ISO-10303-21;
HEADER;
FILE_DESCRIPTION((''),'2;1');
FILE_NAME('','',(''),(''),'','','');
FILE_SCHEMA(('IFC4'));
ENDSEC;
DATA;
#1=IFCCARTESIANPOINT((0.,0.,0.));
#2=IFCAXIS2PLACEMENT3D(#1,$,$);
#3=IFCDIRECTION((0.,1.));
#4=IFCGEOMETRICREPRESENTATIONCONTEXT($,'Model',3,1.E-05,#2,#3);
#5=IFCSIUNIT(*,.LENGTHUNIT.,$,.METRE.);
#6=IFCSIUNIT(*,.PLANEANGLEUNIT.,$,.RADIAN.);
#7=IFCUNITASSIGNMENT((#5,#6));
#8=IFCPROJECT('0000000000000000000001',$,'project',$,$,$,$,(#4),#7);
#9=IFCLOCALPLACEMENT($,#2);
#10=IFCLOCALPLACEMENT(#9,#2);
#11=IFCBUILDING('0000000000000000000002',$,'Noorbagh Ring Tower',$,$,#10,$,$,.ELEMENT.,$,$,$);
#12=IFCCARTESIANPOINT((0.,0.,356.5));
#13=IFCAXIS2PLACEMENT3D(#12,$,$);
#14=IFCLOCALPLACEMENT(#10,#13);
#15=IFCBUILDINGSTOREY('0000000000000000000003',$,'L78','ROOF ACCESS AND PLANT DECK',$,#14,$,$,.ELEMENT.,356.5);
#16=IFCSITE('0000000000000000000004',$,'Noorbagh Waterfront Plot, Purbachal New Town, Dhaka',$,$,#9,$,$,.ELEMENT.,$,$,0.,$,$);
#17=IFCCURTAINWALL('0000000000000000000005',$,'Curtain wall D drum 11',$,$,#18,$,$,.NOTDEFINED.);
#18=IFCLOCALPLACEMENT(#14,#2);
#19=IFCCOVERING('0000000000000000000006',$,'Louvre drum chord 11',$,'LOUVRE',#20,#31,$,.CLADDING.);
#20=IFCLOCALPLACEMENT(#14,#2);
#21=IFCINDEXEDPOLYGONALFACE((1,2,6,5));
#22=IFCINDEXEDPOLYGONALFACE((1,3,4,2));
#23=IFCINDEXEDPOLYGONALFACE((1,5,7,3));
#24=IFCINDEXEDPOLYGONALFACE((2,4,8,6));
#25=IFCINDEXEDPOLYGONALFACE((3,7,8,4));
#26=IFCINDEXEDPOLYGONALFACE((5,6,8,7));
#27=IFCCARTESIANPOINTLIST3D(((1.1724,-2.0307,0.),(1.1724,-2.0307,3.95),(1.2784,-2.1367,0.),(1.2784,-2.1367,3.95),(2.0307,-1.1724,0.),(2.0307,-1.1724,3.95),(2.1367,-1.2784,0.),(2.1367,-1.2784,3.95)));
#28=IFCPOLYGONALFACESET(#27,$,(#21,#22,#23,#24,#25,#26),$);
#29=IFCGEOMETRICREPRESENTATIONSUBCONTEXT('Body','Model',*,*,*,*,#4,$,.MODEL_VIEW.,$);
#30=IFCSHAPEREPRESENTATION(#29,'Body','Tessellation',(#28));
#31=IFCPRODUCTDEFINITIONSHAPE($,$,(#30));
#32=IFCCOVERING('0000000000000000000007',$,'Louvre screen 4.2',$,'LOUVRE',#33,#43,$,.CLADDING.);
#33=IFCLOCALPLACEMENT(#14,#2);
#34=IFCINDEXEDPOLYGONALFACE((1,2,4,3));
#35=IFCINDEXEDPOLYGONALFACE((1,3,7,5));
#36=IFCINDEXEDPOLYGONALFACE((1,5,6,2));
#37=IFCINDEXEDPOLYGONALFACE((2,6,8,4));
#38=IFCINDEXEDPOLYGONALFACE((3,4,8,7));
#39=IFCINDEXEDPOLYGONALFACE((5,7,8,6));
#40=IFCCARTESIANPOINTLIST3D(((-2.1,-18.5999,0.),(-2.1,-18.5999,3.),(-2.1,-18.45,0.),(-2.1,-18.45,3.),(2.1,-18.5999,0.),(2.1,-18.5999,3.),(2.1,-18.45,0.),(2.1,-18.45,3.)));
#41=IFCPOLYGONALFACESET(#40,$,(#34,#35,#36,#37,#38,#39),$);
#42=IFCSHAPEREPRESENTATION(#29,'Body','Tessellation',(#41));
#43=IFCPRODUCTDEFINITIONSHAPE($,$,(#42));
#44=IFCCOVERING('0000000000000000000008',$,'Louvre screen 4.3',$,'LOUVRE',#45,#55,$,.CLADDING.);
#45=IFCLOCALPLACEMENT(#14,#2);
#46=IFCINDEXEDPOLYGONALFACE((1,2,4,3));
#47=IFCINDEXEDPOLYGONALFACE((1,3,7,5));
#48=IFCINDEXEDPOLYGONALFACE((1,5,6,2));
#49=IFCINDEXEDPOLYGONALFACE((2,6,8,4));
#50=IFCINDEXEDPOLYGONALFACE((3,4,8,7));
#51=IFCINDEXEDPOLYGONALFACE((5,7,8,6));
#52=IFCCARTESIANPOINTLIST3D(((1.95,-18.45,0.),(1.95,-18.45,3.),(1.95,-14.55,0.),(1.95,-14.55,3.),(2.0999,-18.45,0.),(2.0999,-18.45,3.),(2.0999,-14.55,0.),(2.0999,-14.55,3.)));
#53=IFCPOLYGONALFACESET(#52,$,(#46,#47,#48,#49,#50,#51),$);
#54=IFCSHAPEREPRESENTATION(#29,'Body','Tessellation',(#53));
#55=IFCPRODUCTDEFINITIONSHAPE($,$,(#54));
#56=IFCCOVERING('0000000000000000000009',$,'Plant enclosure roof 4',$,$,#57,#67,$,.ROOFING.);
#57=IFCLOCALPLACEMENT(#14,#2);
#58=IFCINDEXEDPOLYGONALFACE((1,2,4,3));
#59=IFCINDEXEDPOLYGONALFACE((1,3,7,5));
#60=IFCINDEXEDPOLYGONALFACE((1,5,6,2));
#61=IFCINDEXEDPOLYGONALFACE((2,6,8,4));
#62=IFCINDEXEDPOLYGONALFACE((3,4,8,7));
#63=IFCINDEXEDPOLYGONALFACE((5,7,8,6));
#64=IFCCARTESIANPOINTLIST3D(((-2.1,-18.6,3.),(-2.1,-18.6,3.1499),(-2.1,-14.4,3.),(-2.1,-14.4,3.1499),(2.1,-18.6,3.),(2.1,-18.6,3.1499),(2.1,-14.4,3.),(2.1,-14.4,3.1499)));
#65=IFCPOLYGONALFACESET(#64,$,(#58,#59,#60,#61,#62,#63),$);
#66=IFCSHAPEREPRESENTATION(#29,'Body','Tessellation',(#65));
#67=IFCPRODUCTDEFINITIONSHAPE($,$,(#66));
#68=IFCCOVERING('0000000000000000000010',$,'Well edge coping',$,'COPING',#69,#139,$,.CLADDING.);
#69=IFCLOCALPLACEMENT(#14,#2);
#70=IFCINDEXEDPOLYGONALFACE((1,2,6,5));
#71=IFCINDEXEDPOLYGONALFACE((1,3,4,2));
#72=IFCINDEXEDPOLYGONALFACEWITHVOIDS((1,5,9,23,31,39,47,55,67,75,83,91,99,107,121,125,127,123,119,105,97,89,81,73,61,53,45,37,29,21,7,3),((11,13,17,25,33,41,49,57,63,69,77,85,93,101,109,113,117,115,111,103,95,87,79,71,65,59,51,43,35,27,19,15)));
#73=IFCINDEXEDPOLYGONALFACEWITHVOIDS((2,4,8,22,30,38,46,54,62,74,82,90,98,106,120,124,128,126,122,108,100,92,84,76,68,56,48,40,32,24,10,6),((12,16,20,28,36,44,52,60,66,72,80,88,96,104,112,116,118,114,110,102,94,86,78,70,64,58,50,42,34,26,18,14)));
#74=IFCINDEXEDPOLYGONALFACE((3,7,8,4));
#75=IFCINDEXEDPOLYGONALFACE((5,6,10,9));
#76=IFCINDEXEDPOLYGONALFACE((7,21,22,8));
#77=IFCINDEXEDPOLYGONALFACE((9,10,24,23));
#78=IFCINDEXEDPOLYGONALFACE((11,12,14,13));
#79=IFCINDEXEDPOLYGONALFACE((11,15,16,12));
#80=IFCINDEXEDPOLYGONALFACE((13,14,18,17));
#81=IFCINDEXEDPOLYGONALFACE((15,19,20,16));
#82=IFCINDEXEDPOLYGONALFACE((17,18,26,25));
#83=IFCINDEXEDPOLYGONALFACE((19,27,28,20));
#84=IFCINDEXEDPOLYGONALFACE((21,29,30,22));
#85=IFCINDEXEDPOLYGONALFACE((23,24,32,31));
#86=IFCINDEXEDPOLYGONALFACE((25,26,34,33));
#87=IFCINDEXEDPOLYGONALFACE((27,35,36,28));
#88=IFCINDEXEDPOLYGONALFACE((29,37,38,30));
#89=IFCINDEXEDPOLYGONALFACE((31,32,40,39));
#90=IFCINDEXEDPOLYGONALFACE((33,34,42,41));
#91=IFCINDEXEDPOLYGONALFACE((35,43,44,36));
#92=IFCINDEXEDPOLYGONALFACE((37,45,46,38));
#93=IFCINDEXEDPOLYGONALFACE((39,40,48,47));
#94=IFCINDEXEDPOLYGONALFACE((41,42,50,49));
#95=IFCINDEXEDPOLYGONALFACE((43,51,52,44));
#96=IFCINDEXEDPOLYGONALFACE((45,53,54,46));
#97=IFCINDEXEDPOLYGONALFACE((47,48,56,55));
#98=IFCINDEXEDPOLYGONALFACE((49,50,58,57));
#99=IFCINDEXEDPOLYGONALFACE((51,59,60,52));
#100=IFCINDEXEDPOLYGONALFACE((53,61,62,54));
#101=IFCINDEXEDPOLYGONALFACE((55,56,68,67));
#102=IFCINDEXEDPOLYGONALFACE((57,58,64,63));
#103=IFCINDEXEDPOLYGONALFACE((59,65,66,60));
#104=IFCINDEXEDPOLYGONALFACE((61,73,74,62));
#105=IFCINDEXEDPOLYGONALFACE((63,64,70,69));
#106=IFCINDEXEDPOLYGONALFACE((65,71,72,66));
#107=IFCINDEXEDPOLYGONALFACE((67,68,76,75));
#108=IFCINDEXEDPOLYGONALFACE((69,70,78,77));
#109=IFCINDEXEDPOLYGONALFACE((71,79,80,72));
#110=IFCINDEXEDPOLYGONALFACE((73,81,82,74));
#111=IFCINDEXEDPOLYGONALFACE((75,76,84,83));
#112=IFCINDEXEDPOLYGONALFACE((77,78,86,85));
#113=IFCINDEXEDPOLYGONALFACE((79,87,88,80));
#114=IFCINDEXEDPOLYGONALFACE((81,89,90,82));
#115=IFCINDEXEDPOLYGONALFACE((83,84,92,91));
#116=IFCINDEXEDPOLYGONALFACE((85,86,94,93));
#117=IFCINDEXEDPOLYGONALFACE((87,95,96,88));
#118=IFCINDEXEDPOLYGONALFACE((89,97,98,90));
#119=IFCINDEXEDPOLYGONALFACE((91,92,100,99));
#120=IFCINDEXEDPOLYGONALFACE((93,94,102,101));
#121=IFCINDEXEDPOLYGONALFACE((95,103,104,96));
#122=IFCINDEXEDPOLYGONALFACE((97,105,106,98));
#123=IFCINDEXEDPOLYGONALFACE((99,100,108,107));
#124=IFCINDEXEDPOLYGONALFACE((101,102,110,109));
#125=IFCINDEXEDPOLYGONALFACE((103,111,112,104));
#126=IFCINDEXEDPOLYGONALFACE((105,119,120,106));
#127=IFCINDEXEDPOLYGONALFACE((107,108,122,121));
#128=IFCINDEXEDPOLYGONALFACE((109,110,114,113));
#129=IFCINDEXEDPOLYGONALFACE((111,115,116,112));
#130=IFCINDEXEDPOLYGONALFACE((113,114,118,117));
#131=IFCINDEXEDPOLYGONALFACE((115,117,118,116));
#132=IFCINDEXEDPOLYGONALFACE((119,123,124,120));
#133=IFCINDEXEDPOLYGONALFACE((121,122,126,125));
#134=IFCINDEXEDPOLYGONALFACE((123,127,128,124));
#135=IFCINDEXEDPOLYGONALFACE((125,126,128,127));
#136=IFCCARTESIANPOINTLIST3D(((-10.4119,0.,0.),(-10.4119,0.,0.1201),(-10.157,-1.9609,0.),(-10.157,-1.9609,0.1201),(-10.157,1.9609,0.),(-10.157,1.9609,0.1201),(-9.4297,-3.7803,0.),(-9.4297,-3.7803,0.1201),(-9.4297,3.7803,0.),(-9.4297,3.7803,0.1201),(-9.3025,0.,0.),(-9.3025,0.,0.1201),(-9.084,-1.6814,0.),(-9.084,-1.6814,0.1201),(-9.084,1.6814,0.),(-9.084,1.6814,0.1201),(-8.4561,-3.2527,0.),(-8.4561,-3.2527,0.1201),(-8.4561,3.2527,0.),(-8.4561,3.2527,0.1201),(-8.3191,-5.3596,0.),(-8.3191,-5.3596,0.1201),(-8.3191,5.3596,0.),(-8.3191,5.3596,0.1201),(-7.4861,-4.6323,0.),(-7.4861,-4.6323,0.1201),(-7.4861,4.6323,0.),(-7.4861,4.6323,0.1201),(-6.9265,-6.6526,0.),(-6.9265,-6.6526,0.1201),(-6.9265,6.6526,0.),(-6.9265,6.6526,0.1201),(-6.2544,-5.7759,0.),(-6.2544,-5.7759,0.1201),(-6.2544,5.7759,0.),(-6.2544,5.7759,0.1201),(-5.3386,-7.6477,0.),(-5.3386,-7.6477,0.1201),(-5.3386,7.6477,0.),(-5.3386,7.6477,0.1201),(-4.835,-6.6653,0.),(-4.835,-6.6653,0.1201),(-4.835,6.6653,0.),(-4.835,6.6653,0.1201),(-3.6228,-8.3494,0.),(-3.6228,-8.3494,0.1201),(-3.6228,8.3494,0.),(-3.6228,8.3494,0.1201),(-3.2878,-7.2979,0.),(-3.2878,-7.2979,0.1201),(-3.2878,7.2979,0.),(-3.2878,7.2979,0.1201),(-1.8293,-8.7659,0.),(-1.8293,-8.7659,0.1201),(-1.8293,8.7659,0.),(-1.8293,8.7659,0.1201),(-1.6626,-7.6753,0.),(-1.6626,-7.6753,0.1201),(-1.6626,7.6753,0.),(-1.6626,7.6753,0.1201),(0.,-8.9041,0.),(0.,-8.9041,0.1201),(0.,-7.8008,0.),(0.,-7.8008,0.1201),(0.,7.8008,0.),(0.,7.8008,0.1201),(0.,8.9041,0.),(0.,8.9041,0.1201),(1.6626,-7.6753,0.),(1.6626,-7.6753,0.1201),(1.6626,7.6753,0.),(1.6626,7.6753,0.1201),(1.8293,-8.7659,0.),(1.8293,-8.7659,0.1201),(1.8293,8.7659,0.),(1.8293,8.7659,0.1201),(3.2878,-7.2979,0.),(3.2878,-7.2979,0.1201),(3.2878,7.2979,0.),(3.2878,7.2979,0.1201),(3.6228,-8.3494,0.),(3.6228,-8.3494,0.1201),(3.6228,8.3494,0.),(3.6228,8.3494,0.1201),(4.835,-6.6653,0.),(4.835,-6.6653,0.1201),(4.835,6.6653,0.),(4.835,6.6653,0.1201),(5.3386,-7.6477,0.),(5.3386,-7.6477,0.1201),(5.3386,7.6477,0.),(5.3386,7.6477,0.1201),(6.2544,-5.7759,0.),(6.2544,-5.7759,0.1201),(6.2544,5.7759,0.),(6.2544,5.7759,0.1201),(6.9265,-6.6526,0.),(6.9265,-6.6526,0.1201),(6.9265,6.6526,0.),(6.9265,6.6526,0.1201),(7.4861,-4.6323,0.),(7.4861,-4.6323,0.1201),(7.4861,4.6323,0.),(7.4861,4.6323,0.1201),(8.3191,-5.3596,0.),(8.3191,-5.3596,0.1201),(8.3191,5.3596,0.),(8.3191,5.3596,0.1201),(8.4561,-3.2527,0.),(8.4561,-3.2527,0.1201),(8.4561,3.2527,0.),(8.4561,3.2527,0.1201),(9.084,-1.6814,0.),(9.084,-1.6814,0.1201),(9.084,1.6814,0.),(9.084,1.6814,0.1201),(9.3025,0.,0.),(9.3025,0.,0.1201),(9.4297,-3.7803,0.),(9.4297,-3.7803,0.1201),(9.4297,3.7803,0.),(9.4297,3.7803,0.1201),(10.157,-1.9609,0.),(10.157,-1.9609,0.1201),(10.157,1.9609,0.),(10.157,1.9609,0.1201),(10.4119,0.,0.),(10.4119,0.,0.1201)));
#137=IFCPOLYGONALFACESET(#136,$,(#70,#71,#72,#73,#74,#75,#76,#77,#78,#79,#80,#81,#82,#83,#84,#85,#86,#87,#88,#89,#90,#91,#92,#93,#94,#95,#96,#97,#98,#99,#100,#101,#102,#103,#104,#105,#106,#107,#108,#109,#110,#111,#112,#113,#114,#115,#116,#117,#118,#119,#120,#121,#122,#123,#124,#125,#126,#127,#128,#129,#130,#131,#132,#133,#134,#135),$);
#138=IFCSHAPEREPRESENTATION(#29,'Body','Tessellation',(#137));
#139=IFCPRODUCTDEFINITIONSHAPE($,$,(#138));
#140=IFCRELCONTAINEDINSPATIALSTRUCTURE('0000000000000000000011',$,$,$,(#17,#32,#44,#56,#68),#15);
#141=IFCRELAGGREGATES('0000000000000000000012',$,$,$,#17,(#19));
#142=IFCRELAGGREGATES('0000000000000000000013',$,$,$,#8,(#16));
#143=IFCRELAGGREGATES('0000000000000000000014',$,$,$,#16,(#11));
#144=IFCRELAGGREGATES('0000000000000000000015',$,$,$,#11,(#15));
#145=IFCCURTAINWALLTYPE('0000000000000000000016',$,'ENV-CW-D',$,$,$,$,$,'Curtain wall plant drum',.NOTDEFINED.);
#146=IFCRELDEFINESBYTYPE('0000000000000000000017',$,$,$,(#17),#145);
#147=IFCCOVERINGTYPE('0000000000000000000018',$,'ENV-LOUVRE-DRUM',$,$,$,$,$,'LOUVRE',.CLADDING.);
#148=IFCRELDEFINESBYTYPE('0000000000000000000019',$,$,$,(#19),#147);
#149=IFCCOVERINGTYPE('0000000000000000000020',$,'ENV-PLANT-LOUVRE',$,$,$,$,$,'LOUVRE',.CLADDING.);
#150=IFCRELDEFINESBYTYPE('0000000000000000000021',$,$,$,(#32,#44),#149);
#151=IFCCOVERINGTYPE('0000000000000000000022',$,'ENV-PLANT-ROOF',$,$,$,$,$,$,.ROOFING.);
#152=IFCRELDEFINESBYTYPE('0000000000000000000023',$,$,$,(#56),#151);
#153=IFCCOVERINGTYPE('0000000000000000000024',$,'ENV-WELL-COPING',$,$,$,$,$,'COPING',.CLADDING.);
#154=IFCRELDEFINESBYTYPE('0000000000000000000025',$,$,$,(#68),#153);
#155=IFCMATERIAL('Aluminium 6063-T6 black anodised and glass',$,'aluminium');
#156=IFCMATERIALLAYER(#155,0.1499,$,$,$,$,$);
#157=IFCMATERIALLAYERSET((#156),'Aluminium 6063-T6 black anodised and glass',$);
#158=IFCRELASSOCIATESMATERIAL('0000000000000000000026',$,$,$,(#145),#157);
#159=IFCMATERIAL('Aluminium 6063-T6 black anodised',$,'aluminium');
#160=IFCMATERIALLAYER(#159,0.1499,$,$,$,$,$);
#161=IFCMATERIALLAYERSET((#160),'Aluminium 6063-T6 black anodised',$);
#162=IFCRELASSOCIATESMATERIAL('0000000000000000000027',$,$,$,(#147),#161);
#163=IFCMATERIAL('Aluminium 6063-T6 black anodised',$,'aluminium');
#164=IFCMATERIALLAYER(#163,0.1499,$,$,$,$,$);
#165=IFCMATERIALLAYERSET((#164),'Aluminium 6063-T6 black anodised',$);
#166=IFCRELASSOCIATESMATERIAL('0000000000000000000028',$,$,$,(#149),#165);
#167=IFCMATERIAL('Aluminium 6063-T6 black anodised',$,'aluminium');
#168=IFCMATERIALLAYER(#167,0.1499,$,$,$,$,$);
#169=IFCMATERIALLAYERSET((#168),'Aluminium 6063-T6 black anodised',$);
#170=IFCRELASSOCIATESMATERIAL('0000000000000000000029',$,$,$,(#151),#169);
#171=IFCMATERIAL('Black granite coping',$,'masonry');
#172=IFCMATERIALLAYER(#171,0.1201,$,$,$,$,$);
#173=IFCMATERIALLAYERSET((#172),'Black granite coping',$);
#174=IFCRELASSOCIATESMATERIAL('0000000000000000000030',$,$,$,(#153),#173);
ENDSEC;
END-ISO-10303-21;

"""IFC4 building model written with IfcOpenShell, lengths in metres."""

from ifc_helpers import new_model, si_unit, direction, frame, origin, origin_2d, place, context, subcontext, project, spatial, polyline, rectangle, outline, extrude, material, layer, layer_set, type_object, element, aggregate, save


model = new_model("IFC4")

# Units and contexts
model_context = context("Model", 3, precision=1e-05, world=origin(), true_north=direction((0.0, 1.0)))
body_context = subcontext(model_context, "Body", "Model", "MODEL_VIEW")
ifc_project = project(units=[si_unit("LENGTHUNIT", "METRE"), si_unit("PLANEANGLEUNIT", "RADIAN")], contexts=[model_context])

# Site, building, storey
site_placement = place(None, origin())
site = spatial("IfcSite", under=ifc_project, at=site_placement, Name="Noorbagh Waterfront Plot, Purbachal New Town, Dhaka", CompositionType="ELEMENT", RefElevation=0.0)
building_placement = place(site_placement, origin())
building = spatial("IfcBuilding", under=site, at=building_placement, Name="Noorbagh Ring Tower", CompositionType="ELEMENT")
storey_placement = place(building_placement, frame((0.0, 0.0, 356.5)))
storey = spatial("IfcBuildingStorey", under=building, at=storey_placement, Name="L78", Description="ROOF ACCESS AND PLANT DECK", CompositionType="ELEMENT", Elevation=356.5)

# Curtain wall
ifc_material_1 = material(Name="Aluminium 6063-T6 black anodised and glass", Category="aluminium")
ifc_layer_1 = layer(ifc_material_1, 0.1499)
ifc_layer_set_1 = layer_set([ifc_layer_1], Name="Aluminium 6063-T6 black anodised and glass")
curtain_wall_type = type_object("IfcCurtainWallType", Name="ENV-CW-D", ElementType="Curtain wall plant drum", PredefinedType="NOTDEFINED", material=ifc_layer_set_1)
curtain_wall_1_placement = place(storey_placement, origin())
curtain_wall_1 = element("IfcCurtainWall", 1, at=curtain_wall_1_placement, inside=storey, type_object=curtain_wall_type, Name="Curtain wall D drum 11", PredefinedType="NOTDEFINED")

# Covering
ifc_material_2 = material(Name="Aluminium 6063-T6 black anodised", Category="aluminium")
ifc_layer_2 = layer(ifc_material_2, 0.1499)
ifc_layer_set_2 = layer_set([ifc_layer_2], Name="Aluminium 6063-T6 black anodised")
covering_type_1 = type_object("IfcCoveringType", Name="ENV-LOUVRE-DRUM", ElementType="LOUVRE", PredefinedType="CLADDING", material=ifc_layer_set_2)
covering_1_placement = place(storey_placement, frame((1.6545, -1.6545, 0.0), z_axis=(0.0, 0.0, 1.0), x_axis=(0.707107, 0.707107, 0.0)))
covering_1 = element("IfcCovering", 2, at=covering_1_placement, type_object=covering_type_1, Name="Louvre drum chord 11", ObjectType="LOUVRE", PredefinedType="CLADDING", context=body_context, shape_type="SweptSolid", body=[
    extrude(rectangle(XDim=1.2139, YDim=0.1499, at=origin_2d()), origin(), (0.0, 0.0, 1.0), 3.95),
])
aggregate(curtain_wall_1, [covering_1])

# Coverings
ifc_material_3 = material(Name="Aluminium 6063-T6 black anodised", Category="aluminium")
ifc_layer_3 = layer(ifc_material_3, 0.1499)
ifc_layer_set_3 = layer_set([ifc_layer_3], Name="Aluminium 6063-T6 black anodised")
covering_type_2 = type_object("IfcCoveringType", Name="ENV-PLANT-LOUVRE", ElementType="LOUVRE", PredefinedType="CLADDING", material=ifc_layer_set_3)
covering_2_placement = place(storey_placement, frame((0.0, -18.5249, 0.0), z_axis=(0.0, 0.0, 1.0), x_axis=(1.0, 0.0, 0.0)))
element("IfcCovering", 3, at=covering_2_placement, inside=storey, type_object=covering_type_2, Name="Louvre screen 4.2", ObjectType="LOUVRE", PredefinedType="CLADDING", context=body_context, shape_type="SweptSolid", body=[
    extrude(rectangle(XDim=4.2, YDim=0.1499, at=origin_2d()), origin(), (0.0, 0.0, 1.0), 3.0),
])
covering_3_placement = place(storey_placement, frame((2.0249, -16.5, 0.0), z_axis=(0.0, 0.0, 1.0), x_axis=(1.0, 0.0, 0.0)))
element("IfcCovering", 4, at=covering_3_placement, inside=storey, type_object=covering_type_2, Name="Louvre screen 4.3", ObjectType="LOUVRE", PredefinedType="CLADDING", context=body_context, shape_type="SweptSolid", body=[
    extrude(rectangle(XDim=0.1499, YDim=3.8999, at=origin_2d()), origin(), (0.0, 0.0, 1.0), 3.0),
])
ifc_material_4 = material(Name="Aluminium 6063-T6 black anodised", Category="aluminium")
ifc_layer_4 = layer(ifc_material_4, 0.1499)
ifc_layer_set_4 = layer_set([ifc_layer_4], Name="Aluminium 6063-T6 black anodised")
covering_type_3 = type_object("IfcCoveringType", Name="ENV-PLANT-ROOF", PredefinedType="ROOFING", material=ifc_layer_set_4)
covering_4_placement = place(storey_placement, frame((0.0, -16.5, 3.0), z_axis=(0.0, 0.0, 1.0), x_axis=(1.0, 0.0, 0.0)))
element("IfcCovering", 5, at=covering_4_placement, inside=storey, type_object=covering_type_3, Name="Plant enclosure roof 4", PredefinedType="ROOFING", context=body_context, shape_type="SweptSolid", body=[
    extrude(rectangle(XDim=4.2, YDim=4.2, at=origin_2d()), origin(), (0.0, 0.0, 1.0), 0.1499),
])
ifc_material_5 = material(Name="Black granite coping", Category="masonry")
ifc_layer_5 = layer(ifc_material_5, 0.1201)
ifc_layer_set_5 = layer_set([ifc_layer_5], Name="Black granite coping")
covering_type_4 = type_object("IfcCoveringType", Name="ENV-WELL-COPING", ElementType="COPING", PredefinedType="CLADDING", material=ifc_layer_set_5)
covering_5_placement = place(storey_placement, origin())
element("IfcCovering", 6, at=covering_5_placement, inside=storey, type_object=covering_type_4, Name="Well edge coping", ObjectType="COPING", PredefinedType="CLADDING", context=body_context, shape_type="SweptSolid", body=[
    extrude(outline(polyline([(10.4119, 0.0), (10.157, 1.9609), (9.4297, 3.7803), (8.3191, 5.3596), (6.9265, 6.6526), (5.3386, 7.6477), (3.6228, 8.3494), (1.8293, 8.7659), (0.0, 8.9041), (-1.8293, 8.7659), (-3.6228, 8.3494), (-5.3386, 7.6477), (-6.9265, 6.6526), (-8.3191, 5.3596), (-9.4297, 3.7803), (-10.157, 1.9609), (-10.4119, 0.0), (-10.157, -1.9609), (-9.4297, -3.7803), (-8.3191, -5.3596), (-6.9265, -6.6526), (-5.3386, -7.6477), (-3.6228, -8.3494), (-1.8293, -8.7659), (0.0, -8.9041), (1.8293, -8.7659), (3.6228, -8.3494), (5.3386, -7.6477), (6.9265, -6.6526), (8.3191, -5.3596), (9.4297, -3.7803), (10.157, -1.9609), (10.4119, 0.0)]), holes=[polyline([(9.3025, 0.0), (9.084, 1.6814), (8.4561, 3.2527), (7.4861, 4.6323), (6.2544, 5.7759), (4.835, 6.6653), (3.2878, 7.2979), (1.6626, 7.6753), (0.0, 7.8008), (-1.6626, 7.6753), (-3.2878, 7.2979), (-4.835, 6.6653), (-6.2544, 5.7759), (-7.4861, 4.6323), (-8.4561, 3.2527), (-9.084, 1.6814), (-9.3025, 0.0), (-9.084, -1.6814), (-8.4561, -3.2527), (-7.4861, -4.6323), (-6.2544, -5.7759), (-4.835, -6.6653), (-3.2878, -7.2979), (-1.6626, -7.6753), (0.0, -7.8008), (1.6626, -7.6753), (3.2878, -7.2979), (4.835, -6.6653), (6.2544, -5.7759), (7.4861, -4.6323), (8.4561, -3.2527), (9.084, -1.6814), (9.3025, 0.0)])]), origin(), (0.0, 0.0, 1.0), 0.1201),
])

save(model, "model.ifc")
